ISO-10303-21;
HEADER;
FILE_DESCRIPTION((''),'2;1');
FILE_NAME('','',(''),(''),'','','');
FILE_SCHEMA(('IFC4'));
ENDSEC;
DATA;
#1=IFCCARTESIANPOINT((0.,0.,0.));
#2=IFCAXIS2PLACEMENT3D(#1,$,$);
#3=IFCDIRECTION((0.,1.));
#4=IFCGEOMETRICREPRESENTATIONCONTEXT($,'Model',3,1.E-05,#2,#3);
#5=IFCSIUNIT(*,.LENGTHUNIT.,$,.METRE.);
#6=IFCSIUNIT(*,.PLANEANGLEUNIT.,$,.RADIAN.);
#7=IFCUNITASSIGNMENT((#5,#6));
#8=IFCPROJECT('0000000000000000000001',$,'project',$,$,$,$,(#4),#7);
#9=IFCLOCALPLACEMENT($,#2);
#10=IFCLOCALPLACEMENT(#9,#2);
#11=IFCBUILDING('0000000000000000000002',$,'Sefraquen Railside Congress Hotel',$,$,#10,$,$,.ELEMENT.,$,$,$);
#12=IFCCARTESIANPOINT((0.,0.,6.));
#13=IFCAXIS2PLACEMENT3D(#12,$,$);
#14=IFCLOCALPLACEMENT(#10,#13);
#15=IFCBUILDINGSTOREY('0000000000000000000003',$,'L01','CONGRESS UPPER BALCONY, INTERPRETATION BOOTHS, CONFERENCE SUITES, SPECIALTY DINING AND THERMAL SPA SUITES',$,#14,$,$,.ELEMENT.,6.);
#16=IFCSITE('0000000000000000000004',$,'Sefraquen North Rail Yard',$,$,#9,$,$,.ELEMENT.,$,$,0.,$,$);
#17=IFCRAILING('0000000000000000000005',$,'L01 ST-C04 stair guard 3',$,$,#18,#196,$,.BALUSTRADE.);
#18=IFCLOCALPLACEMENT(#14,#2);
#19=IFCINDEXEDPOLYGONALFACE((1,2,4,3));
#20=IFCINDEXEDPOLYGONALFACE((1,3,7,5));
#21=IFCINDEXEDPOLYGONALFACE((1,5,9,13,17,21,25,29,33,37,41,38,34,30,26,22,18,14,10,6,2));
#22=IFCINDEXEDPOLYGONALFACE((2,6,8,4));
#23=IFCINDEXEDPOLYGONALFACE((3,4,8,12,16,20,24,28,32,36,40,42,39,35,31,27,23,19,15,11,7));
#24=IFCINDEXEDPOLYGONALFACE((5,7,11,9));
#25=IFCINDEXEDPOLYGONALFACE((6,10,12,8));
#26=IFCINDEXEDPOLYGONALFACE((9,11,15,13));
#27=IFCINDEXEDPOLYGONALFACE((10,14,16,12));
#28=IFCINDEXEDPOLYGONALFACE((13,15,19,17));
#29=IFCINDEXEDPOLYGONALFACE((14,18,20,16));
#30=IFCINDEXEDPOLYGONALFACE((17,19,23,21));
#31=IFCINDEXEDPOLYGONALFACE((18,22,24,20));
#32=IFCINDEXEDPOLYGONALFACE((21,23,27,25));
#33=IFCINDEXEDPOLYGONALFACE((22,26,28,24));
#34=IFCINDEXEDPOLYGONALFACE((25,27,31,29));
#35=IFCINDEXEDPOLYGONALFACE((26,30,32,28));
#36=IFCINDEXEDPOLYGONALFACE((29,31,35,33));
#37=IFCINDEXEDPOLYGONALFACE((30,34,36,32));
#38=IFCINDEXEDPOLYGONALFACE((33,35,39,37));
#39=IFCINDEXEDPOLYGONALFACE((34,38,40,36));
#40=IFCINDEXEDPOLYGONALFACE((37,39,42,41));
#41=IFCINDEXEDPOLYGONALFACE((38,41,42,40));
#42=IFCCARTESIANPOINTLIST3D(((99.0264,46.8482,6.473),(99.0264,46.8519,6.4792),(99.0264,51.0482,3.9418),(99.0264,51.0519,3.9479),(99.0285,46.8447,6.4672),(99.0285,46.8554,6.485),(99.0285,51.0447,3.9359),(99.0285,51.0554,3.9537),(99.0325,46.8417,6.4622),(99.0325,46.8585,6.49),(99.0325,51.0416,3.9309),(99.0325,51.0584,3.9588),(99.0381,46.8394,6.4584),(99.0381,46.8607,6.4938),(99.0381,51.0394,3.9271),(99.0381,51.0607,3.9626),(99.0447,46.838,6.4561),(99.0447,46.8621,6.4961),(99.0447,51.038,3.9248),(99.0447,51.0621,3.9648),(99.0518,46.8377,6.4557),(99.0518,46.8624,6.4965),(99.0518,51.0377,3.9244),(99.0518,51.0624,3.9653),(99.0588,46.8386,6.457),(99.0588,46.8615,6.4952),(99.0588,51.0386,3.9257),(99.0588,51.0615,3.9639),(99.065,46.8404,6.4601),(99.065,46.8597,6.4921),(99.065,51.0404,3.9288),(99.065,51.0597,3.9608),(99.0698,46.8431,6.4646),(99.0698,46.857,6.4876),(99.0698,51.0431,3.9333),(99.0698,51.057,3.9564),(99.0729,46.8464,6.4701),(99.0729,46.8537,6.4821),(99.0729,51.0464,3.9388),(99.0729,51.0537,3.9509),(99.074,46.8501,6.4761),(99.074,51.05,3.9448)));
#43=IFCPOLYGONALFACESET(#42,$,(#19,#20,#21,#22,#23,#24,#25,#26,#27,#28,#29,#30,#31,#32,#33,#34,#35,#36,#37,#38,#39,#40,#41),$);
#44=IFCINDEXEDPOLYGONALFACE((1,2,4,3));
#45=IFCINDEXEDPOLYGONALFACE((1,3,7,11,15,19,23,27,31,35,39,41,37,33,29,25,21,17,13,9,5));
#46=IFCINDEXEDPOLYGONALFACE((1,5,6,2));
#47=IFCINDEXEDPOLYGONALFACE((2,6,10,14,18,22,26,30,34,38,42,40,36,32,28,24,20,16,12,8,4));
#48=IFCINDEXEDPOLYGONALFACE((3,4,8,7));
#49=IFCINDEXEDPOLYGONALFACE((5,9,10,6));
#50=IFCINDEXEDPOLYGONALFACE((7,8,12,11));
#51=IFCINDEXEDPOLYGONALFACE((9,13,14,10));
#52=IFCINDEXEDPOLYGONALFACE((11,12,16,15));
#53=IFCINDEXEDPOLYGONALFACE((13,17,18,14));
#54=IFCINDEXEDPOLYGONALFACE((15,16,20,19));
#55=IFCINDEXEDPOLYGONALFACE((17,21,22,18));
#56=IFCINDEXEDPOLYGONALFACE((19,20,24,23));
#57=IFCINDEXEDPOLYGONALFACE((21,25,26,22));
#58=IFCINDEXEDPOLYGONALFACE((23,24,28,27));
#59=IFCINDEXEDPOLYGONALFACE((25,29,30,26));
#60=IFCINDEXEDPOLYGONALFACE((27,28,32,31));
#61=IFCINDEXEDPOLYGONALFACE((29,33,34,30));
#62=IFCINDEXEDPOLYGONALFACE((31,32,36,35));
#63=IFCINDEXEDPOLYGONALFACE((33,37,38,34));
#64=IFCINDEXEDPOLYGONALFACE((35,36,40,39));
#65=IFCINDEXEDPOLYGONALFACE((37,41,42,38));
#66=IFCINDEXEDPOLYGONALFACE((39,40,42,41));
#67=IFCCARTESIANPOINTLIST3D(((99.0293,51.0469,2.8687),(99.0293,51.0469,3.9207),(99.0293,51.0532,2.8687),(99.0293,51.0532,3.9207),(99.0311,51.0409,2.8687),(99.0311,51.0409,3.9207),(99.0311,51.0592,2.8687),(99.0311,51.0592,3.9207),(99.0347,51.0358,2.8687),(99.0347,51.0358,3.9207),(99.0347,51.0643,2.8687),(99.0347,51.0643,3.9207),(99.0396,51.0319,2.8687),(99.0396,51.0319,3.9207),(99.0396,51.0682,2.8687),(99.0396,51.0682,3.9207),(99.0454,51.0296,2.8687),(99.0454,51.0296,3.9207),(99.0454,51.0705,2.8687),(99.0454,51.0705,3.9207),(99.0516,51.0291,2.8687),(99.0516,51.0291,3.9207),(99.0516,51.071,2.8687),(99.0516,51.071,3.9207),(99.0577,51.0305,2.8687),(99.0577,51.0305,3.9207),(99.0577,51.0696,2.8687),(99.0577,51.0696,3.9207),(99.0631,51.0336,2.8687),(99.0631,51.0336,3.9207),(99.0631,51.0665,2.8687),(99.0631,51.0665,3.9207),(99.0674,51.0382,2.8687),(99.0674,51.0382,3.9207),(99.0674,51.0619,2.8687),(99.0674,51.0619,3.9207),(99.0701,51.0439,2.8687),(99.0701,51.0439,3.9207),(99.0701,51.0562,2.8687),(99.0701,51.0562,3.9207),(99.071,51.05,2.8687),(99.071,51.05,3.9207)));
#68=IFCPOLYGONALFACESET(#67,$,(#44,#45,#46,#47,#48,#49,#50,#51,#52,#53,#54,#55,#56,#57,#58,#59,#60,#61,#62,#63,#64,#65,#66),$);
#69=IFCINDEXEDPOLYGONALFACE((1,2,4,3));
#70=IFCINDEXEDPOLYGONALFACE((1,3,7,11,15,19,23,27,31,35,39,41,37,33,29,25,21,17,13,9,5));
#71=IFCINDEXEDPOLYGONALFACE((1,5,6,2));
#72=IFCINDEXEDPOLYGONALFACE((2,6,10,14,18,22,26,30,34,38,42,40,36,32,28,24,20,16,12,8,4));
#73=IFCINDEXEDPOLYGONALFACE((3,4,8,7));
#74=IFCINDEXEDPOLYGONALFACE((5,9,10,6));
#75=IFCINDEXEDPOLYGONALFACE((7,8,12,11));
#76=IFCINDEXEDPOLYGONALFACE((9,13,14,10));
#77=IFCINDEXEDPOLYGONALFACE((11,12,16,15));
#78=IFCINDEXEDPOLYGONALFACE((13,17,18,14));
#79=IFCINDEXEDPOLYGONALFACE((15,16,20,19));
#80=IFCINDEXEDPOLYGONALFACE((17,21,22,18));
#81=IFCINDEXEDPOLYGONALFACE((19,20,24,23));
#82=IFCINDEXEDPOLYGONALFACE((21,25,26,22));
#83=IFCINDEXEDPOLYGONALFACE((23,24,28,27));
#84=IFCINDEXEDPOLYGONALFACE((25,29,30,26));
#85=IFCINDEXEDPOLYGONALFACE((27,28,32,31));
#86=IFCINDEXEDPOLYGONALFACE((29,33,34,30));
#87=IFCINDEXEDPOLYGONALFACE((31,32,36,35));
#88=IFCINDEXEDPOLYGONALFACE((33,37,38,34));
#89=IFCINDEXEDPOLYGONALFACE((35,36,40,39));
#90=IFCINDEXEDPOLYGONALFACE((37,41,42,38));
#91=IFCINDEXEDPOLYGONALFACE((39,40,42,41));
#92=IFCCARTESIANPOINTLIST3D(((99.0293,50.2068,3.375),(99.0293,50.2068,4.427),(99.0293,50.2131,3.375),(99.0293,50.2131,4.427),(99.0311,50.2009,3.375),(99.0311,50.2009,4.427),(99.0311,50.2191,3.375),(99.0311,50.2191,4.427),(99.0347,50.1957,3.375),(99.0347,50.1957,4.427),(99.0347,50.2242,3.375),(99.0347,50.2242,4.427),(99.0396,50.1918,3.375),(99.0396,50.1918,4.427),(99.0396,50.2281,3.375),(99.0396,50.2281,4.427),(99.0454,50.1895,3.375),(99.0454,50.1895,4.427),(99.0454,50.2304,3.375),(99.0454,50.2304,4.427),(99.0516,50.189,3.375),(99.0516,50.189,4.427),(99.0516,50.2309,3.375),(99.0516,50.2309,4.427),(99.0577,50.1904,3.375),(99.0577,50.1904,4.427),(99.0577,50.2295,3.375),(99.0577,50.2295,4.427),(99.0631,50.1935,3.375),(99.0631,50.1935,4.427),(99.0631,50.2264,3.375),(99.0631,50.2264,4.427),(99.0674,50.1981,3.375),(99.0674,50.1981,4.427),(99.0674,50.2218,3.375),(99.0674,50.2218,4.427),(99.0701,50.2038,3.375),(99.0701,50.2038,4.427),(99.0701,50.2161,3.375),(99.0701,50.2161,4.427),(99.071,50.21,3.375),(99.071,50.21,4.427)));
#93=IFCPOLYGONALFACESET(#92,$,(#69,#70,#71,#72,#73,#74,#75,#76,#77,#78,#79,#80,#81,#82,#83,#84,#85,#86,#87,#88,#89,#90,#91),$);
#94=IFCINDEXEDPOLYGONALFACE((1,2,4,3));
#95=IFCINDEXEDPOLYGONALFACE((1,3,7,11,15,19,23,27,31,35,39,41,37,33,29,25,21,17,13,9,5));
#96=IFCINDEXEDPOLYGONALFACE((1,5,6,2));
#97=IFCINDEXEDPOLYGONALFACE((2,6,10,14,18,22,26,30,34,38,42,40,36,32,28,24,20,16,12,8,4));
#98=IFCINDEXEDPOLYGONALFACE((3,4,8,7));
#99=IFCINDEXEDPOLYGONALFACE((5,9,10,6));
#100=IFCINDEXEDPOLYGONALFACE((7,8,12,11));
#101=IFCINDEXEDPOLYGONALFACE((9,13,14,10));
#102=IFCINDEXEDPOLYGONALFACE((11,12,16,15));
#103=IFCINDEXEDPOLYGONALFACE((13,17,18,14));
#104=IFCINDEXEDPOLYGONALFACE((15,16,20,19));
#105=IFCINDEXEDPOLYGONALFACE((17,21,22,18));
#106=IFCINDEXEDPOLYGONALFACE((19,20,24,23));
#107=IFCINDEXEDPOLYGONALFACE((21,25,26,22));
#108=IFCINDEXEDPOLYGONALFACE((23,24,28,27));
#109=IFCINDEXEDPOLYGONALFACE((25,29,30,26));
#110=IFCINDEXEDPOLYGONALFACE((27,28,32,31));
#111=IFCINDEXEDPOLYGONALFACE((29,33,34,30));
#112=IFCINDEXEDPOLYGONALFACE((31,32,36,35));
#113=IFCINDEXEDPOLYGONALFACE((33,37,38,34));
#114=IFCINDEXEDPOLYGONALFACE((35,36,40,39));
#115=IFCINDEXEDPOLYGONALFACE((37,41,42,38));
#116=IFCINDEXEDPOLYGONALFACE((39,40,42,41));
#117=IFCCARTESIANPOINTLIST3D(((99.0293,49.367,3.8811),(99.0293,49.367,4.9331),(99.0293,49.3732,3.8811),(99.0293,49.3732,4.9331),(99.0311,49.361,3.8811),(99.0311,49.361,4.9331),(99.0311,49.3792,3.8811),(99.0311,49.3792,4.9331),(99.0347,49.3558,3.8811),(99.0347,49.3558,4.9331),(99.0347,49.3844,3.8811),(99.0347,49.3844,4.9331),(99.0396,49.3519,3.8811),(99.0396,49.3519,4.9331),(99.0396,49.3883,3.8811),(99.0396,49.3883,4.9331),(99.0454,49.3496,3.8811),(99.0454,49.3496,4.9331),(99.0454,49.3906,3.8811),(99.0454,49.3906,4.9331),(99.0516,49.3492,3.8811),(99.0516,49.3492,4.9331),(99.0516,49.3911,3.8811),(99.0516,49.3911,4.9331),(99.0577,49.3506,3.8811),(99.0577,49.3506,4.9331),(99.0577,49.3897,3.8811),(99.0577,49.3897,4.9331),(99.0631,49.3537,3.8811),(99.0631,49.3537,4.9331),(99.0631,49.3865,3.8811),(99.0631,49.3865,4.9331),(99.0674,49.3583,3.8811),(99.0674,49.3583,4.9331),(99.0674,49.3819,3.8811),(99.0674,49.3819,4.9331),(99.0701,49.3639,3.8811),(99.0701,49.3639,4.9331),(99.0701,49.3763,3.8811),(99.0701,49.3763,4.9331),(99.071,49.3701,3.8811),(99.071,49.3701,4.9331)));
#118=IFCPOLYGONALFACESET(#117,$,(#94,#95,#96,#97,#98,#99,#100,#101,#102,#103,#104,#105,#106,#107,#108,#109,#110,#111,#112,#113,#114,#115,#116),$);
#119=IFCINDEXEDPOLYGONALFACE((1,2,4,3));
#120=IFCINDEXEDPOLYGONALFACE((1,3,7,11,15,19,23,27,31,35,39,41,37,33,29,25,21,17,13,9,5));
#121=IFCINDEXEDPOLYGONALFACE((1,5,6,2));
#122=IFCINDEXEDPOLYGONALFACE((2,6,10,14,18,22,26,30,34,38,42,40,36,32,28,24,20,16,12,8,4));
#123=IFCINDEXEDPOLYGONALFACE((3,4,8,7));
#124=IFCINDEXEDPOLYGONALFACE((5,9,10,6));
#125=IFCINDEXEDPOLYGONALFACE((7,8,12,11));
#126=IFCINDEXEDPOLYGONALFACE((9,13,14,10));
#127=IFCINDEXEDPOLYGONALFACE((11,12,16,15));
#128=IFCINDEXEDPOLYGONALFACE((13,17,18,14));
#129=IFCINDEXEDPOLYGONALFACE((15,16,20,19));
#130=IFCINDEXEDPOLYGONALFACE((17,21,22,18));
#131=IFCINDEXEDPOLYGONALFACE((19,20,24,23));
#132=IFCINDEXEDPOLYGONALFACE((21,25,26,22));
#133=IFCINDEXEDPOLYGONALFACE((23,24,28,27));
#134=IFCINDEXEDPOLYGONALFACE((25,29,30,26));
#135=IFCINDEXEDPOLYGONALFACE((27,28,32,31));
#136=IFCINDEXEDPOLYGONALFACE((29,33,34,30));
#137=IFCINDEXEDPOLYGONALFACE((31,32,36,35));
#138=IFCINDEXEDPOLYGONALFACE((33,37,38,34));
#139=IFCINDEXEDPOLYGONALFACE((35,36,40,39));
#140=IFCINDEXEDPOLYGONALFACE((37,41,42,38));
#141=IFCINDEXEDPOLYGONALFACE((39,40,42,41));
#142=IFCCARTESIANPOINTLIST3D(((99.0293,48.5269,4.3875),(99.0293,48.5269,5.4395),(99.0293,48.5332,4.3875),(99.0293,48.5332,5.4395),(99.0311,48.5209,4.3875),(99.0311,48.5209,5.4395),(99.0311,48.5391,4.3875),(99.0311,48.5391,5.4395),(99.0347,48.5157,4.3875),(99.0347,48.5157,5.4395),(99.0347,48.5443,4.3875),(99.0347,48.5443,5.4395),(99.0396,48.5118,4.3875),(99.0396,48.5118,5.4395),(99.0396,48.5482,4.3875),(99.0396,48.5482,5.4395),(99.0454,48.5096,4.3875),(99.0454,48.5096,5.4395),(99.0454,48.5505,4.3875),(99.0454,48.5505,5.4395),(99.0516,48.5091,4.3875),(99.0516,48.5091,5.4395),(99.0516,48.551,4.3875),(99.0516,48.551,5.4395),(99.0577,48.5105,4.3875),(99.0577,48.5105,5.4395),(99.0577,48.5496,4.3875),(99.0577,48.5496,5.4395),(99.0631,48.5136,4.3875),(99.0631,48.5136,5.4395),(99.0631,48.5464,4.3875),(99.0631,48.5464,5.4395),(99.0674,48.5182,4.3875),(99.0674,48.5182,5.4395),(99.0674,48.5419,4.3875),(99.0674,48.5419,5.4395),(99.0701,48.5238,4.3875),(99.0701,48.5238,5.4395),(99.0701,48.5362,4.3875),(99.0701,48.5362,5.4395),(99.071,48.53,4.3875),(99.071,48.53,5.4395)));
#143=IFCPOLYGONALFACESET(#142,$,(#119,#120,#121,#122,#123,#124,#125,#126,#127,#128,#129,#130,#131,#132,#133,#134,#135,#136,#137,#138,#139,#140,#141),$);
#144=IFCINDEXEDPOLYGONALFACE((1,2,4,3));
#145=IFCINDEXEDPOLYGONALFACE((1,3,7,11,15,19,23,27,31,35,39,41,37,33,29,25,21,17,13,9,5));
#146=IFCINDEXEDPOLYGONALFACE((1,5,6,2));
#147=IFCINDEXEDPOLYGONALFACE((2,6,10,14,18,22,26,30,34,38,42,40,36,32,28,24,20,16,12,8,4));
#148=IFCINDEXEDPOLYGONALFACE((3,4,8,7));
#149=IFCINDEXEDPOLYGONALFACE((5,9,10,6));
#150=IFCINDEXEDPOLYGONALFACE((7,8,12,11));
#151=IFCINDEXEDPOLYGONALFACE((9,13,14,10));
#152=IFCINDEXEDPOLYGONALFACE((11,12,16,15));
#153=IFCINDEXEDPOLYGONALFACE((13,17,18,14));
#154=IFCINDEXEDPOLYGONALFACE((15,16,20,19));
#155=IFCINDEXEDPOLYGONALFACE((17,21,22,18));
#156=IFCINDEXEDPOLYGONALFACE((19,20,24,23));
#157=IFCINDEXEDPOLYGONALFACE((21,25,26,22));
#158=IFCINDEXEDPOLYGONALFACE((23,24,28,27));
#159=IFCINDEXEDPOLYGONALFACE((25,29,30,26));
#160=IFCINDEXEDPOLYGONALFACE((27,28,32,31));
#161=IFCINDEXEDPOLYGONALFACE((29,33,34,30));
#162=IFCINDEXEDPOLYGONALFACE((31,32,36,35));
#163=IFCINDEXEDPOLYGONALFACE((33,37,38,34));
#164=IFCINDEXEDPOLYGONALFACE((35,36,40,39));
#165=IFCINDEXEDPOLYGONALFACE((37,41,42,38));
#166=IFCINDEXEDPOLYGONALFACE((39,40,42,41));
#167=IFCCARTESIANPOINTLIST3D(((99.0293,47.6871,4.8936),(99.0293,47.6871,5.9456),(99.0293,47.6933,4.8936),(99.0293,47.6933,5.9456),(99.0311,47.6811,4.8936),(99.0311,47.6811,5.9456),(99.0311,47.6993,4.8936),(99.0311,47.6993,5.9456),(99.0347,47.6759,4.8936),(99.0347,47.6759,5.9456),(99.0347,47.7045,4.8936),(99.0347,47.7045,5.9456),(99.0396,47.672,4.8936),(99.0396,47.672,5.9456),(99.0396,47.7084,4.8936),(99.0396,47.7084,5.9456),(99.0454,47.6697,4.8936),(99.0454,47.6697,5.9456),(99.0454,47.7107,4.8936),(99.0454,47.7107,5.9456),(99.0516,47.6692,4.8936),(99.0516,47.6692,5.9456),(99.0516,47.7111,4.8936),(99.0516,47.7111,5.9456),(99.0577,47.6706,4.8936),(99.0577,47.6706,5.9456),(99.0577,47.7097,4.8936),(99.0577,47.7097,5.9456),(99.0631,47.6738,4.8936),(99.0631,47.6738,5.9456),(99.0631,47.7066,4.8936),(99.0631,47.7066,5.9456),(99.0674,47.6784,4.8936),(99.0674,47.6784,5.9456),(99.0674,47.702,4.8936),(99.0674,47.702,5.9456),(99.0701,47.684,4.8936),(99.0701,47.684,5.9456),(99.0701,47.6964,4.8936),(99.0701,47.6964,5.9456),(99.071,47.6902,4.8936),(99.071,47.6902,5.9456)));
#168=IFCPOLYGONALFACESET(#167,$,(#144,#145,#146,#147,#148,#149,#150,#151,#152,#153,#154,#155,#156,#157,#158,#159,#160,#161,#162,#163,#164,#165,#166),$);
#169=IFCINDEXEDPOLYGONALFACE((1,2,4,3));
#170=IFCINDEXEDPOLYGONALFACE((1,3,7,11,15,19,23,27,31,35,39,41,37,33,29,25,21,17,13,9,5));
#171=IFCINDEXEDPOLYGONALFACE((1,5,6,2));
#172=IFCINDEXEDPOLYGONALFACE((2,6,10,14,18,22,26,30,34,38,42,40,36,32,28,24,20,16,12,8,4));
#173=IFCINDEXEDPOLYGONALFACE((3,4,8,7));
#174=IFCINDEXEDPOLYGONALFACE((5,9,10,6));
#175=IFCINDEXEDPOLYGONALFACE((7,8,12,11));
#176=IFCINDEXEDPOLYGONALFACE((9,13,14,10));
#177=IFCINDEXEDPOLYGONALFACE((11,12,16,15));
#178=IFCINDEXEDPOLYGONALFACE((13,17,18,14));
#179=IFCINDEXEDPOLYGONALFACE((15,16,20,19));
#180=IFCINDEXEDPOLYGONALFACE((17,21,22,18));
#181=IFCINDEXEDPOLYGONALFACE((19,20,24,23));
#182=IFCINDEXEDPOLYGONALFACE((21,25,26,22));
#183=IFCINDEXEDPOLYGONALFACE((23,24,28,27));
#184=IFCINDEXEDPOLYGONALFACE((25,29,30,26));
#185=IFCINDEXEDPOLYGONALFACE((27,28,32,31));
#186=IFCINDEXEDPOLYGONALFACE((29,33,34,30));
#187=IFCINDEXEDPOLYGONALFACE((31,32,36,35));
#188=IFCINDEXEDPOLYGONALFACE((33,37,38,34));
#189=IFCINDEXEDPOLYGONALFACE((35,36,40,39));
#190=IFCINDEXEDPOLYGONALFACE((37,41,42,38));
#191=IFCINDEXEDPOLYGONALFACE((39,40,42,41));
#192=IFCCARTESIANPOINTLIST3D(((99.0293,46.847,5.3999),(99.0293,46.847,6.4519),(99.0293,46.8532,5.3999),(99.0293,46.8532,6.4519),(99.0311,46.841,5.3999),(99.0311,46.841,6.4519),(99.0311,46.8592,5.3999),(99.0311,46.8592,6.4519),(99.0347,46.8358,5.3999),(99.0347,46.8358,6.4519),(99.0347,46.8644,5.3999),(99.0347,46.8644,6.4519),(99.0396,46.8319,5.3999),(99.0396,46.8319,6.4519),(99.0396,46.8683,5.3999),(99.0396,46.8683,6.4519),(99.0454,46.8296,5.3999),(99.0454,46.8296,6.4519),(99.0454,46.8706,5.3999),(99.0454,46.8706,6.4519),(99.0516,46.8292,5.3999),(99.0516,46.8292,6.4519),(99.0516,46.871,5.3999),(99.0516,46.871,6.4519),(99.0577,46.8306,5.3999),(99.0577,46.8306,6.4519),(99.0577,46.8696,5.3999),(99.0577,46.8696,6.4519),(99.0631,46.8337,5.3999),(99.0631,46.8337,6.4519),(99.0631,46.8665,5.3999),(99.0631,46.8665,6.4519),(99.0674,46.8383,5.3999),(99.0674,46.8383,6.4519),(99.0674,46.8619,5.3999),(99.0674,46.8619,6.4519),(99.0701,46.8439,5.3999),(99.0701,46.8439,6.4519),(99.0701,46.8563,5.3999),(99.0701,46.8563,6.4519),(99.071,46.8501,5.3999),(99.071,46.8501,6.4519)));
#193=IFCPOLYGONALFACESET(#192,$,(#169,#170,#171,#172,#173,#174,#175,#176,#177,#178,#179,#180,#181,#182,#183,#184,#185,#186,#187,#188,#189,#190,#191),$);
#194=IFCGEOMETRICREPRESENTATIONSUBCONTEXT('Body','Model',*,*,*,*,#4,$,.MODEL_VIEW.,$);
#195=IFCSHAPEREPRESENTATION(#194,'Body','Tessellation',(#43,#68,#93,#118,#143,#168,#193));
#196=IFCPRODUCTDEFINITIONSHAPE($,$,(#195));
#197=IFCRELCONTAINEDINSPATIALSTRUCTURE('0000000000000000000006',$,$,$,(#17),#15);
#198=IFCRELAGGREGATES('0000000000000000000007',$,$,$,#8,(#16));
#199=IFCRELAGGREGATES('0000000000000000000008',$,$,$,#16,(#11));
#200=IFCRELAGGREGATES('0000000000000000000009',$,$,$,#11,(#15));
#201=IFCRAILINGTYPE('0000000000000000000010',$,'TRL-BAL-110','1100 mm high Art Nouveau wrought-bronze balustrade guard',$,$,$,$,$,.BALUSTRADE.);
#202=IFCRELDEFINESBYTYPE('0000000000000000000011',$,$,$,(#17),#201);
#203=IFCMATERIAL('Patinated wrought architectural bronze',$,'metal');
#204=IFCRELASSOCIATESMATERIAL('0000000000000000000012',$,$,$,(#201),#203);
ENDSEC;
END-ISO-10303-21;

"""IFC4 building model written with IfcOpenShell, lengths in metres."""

from ifc_helpers import new_model, si_unit, direction, frame, origin, origin_2d, place, context, subcontext, project, spatial, circle, extrude, material, type_object, element, save


model = new_model("IFC4")

# Units and contexts
model_context = context("Model", 3, precision=1e-05, world=origin(), true_north=direction((0.0, 1.0)))
body_context = subcontext(model_context, "Body", "Model", "MODEL_VIEW")
ifc_project = project(units=[si_unit("LENGTHUNIT", "METRE"), si_unit("PLANEANGLEUNIT", "RADIAN")], contexts=[model_context])

# Site, building, storey
site_placement = place(None, origin())
site = spatial("IfcSite", under=ifc_project, at=site_placement, Name="Sefraquen North Rail Yard", CompositionType="ELEMENT", RefElevation=0.0)
building_placement = place(site_placement, origin())
building = spatial("IfcBuilding", under=site, at=building_placement, Name="Sefraquen Railside Congress Hotel", CompositionType="ELEMENT")
storey_placement = place(building_placement, frame((0.0, 0.0, 6.0)))
storey = spatial("IfcBuildingStorey", under=building, at=storey_placement, Name="L01", Description="CONGRESS UPPER BALCONY, INTERPRETATION BOOTHS, CONFERENCE SUITES, SPECIALTY DINING AND THERMAL SPA SUITES", CompositionType="ELEMENT", Elevation=6.0)

# Railing
ifc_material_1 = material(Name="Patinated wrought architectural bronze", Category="metal")
railing_type_1 = type_object("IfcRailingType", Name="TRL-BAL-110", Description="1100 mm high Art Nouveau wrought-bronze balustrade guard", PredefinedType="BALUSTRADE", material=ifc_material_1)
railing_1_placement = place(storey_placement, frame((99.05, 51.05, 2.8687)))
element("IfcRailing", 1, at=railing_1_placement, inside=storey, type_object=railing_type_1, Name="L01 ST-C04 stair guard 3", PredefinedType="BALUSTRADE", context=body_context, shape_type="SweptSolid", body=[
    extrude(circle(Radius=0.0239, at=origin_2d()), frame((0.0, 0.0, 1.0762), z_axis=(0.0, -0.856476, 0.516186), x_axis=(1.0, 0.0, 0.0)), (0.0, 0.0, 1.0), 4.9038),
    extrude(circle(Radius=0.021, at=origin_2d()), origin(), (0.0, 0.0, 1.0), 1.052),
    extrude(circle(Radius=0.021, at=origin_2d()), frame((0.0, -0.8401, 0.5063)), (0.0, 0.0, 1.0), 1.052),
    extrude(circle(Radius=0.021, at=origin_2d()), frame((0.0, -1.6799, 1.0125)), (0.0, 0.0, 1.0), 1.052),
    extrude(circle(Radius=0.021, at=origin_2d()), frame((0.0, -2.52, 1.5188)), (0.0, 0.0, 1.0), 1.052),
    extrude(circle(Radius=0.021, at=origin_2d()), frame((0.0, -3.3599, 2.0249)), (0.0, 0.0, 1.0), 1.052),
    extrude(circle(Radius=0.021, at=origin_2d()), frame((0.0, -4.2, 2.5312)), (0.0, 0.0, 1.0), 1.052),
])

save(model, "model.ifc")
